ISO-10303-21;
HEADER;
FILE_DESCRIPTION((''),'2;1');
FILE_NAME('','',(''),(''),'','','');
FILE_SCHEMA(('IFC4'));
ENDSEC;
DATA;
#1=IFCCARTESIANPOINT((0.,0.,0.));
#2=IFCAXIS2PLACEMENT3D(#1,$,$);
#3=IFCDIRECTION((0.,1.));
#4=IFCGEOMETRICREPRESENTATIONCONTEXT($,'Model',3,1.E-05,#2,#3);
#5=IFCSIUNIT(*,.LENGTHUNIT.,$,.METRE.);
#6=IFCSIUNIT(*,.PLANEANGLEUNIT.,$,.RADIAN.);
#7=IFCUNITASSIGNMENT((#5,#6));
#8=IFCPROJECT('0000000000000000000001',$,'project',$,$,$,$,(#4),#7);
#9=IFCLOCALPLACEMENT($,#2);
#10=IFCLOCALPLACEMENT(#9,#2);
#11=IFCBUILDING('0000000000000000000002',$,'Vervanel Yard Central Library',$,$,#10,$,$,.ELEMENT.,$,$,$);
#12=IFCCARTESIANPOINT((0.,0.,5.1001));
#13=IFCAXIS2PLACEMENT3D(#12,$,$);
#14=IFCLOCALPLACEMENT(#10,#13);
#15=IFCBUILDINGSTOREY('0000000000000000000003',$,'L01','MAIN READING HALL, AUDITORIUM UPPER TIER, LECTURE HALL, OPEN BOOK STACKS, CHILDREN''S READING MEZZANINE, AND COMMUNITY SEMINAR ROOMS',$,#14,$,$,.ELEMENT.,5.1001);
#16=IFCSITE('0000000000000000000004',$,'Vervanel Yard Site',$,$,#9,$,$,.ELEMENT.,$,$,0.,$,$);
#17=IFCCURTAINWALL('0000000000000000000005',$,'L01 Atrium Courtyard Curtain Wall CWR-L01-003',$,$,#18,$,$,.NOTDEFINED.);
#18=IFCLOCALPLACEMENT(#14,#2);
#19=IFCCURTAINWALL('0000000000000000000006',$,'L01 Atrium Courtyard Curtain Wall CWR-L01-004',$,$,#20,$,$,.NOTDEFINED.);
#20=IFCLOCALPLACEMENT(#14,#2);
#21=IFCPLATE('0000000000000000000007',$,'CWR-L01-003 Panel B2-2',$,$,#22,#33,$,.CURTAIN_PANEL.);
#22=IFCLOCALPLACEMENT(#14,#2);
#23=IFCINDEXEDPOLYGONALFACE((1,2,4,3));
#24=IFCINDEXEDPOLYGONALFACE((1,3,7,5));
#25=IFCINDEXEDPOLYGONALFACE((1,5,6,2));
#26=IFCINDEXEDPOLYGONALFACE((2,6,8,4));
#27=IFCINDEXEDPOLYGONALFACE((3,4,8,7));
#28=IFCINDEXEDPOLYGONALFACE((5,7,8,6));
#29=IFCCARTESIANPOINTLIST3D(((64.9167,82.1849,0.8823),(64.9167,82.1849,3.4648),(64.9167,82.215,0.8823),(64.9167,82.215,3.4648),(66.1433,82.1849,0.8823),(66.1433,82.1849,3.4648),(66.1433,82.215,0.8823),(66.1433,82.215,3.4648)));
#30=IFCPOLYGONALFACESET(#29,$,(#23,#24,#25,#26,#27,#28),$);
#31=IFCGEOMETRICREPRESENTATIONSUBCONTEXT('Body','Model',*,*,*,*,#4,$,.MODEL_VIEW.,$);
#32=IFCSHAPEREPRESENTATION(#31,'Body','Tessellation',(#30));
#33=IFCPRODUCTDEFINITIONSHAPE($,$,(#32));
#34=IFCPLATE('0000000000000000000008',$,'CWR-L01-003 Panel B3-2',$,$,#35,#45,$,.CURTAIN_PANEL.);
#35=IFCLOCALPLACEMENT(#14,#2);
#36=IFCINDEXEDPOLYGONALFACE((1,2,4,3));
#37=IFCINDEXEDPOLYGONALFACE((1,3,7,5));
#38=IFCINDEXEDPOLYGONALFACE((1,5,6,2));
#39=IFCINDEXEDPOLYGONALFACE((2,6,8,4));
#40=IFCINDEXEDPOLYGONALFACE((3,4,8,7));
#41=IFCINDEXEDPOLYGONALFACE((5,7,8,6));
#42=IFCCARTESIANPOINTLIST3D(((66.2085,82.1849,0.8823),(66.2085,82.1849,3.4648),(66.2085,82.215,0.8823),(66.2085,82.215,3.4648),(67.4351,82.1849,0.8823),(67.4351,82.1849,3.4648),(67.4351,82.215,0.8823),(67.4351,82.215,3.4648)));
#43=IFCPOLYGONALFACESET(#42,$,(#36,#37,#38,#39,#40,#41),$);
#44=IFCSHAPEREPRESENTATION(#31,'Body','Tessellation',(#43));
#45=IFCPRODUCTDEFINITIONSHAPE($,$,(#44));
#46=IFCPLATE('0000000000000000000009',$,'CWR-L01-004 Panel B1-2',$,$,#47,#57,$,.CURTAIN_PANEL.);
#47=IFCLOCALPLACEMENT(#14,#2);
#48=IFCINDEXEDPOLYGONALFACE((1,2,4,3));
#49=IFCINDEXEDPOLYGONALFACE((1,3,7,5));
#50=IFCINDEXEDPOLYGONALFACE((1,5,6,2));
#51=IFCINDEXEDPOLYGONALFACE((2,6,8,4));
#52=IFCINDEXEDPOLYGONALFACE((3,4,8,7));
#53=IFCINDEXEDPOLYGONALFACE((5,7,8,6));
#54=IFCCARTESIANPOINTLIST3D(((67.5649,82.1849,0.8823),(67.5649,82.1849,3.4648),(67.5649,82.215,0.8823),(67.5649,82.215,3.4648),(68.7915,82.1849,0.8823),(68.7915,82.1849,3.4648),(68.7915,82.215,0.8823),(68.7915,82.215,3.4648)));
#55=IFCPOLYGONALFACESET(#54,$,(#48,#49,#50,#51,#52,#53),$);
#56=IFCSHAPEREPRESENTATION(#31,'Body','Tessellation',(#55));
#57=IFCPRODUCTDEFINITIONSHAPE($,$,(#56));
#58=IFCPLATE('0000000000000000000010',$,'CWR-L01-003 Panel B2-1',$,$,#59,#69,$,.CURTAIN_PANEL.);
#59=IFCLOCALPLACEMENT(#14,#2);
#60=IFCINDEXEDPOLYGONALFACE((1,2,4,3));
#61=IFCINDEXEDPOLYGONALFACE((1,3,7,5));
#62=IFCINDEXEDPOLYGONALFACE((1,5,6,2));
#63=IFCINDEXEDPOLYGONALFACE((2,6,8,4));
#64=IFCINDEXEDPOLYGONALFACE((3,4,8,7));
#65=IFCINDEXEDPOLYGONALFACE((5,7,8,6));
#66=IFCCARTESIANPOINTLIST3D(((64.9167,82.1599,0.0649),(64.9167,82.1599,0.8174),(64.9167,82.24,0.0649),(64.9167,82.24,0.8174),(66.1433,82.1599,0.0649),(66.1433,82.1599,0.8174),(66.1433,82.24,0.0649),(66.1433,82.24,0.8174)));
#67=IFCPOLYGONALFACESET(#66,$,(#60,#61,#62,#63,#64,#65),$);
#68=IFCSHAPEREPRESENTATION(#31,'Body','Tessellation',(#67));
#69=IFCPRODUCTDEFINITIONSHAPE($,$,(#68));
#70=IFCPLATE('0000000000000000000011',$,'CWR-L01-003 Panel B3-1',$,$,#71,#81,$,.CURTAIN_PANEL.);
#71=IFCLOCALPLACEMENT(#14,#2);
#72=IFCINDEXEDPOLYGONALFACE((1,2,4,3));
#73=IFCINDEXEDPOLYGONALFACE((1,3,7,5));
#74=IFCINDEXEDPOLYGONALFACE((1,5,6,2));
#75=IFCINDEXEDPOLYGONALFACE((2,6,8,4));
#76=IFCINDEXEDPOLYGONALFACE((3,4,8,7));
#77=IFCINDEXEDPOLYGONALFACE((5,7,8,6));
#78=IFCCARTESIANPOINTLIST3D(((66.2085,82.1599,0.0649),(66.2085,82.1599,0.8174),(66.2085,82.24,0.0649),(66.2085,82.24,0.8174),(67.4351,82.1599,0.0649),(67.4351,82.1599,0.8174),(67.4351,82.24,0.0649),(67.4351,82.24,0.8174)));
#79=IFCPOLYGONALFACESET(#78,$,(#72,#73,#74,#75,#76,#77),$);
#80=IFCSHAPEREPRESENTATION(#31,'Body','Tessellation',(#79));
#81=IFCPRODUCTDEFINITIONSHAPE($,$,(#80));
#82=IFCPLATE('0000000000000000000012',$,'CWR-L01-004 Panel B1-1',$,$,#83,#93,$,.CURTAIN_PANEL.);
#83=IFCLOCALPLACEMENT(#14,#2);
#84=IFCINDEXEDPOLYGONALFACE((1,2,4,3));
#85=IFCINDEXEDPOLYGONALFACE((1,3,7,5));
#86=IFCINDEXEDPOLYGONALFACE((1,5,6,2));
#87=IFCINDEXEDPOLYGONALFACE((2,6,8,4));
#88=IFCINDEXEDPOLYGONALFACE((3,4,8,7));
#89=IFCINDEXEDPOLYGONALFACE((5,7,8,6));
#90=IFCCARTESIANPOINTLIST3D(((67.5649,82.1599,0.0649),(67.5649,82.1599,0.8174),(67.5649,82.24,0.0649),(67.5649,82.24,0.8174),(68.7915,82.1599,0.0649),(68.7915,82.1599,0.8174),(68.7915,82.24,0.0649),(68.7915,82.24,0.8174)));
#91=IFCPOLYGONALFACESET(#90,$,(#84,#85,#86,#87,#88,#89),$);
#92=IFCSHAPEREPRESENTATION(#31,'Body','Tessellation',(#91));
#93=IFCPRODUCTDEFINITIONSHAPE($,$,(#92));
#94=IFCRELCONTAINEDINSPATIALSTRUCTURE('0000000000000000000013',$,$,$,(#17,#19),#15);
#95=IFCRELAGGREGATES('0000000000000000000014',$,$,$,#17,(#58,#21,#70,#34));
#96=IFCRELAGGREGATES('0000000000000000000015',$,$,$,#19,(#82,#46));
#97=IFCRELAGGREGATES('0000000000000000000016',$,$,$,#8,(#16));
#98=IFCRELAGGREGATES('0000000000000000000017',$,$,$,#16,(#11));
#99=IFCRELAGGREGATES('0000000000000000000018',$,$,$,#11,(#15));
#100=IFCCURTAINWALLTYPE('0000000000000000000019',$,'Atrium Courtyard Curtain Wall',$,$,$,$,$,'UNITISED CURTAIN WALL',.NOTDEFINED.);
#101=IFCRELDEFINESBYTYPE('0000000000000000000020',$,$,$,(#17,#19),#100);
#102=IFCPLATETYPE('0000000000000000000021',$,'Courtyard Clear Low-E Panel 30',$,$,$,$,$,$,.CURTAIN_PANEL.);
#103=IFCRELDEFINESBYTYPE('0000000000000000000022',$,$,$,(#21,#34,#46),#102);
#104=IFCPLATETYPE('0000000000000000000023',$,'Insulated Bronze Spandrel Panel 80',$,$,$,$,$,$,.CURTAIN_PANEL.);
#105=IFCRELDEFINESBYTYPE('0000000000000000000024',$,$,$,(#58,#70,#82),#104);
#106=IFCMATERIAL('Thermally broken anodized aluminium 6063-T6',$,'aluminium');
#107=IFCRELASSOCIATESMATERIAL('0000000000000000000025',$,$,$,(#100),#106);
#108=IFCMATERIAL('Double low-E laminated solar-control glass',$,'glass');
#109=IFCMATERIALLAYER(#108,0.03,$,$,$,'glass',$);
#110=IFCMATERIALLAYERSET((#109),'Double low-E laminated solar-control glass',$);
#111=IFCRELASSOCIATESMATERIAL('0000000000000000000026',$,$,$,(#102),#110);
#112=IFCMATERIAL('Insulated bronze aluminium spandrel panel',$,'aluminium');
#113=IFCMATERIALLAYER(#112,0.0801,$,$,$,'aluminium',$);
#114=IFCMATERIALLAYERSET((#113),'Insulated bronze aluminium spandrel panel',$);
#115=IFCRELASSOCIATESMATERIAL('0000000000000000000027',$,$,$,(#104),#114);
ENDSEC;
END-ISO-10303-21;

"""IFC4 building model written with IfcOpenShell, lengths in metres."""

from ifc_helpers import new_model, si_unit, direction, frame, origin, origin_2d, place, context, subcontext, project, spatial, rectangle, extrude, material, layer, layer_set, type_object, element, aggregate, save


model = new_model("IFC4")

# Units and contexts
model_context = context("Model", 3, precision=1e-05, world=origin(), true_north=direction((0.0, 1.0)))
body_context = subcontext(model_context, "Body", "Model", "MODEL_VIEW")
ifc_project = project(units=[si_unit("LENGTHUNIT", "METRE"), si_unit("PLANEANGLEUNIT", "RADIAN")], contexts=[model_context])

# Site, building, storey
site_placement = place(None, origin())
site = spatial("IfcSite", under=ifc_project, at=site_placement, Name="Vervanel Yard Site", CompositionType="ELEMENT", RefElevation=0.0)
building_placement = place(site_placement, origin())
building = spatial("IfcBuilding", under=site, at=building_placement, Name="Vervanel Yard Central Library", CompositionType="ELEMENT")
storey_placement = place(building_placement, frame((0.0, 0.0, 5.1001)))
storey = spatial("IfcBuildingStorey", under=building, at=storey_placement, Name="L01", Description="MAIN READING HALL, AUDITORIUM UPPER TIER, LECTURE HALL, OPEN BOOK STACKS, CHILDREN'S READING MEZZANINE, AND COMMUNITY SEMINAR ROOMS", CompositionType="ELEMENT", Elevation=5.1001)

# Curtain walls
ifc_material_1 = material(Name="Thermally broken anodized aluminium 6063-T6", Category="aluminium")
curtain_wall_type = type_object("IfcCurtainWallType", Name="Atrium Courtyard Curtain Wall", ElementType="UNITISED CURTAIN WALL", PredefinedType="NOTDEFINED", material=ifc_material_1)
curtain_wall_1_placement = place(storey_placement, origin())
curtain_wall_1 = element("IfcCurtainWall", 1, at=curtain_wall_1_placement, inside=storey, type_object=curtain_wall_type, Name="L01 Atrium Courtyard Curtain Wall CWR-L01-003", PredefinedType="NOTDEFINED")
curtain_wall_2_placement = place(storey_placement, origin())
curtain_wall_2 = element("IfcCurtainWall", 2, at=curtain_wall_2_placement, inside=storey, type_object=curtain_wall_type, Name="L01 Atrium Courtyard Curtain Wall CWR-L01-004", PredefinedType="NOTDEFINED")

# Plates
ifc_material_2 = material(Name="Double low-E laminated solar-control glass", Category="glass")
ifc_layer_1 = layer(ifc_material_2, 0.03, Category="glass")
ifc_layer_set_1 = layer_set([ifc_layer_1], Name="Double low-E laminated solar-control glass")
plate_type_1 = type_object("IfcPlateType", Name="Courtyard Clear Low-E Panel 30", PredefinedType="CURTAIN_PANEL", material=ifc_layer_set_1)
plate_1_placement = place(storey_placement, frame((65.53, 82.2, 0.8823), z_axis=(0.0, 0.0, 1.0), x_axis=(1.0, 0.0, 0.0)))
plate_1 = element("IfcPlate", 3, at=plate_1_placement, type_object=plate_type_1, Name="CWR-L01-003 Panel B2-2", PredefinedType="CURTAIN_PANEL", context=body_context, shape_type="SweptSolid", body=[
    extrude(rectangle(XDim=1.2266, YDim=0.03, at=origin_2d()), origin(), (0.0, 0.0, 1.0), 2.5825),
])
plate_2_placement = place(storey_placement, frame((66.8218, 82.2, 0.8823), z_axis=(0.0, 0.0, 1.0), x_axis=(1.0, 0.0, 0.0)))
plate_2 = element("IfcPlate", 4, at=plate_2_placement, type_object=plate_type_1, Name="CWR-L01-003 Panel B3-2", PredefinedType="CURTAIN_PANEL", context=body_context, shape_type="SweptSolid", body=[
    extrude(rectangle(XDim=1.2266, YDim=0.03, at=origin_2d()), origin(), (0.0, 0.0, 1.0), 2.5825),
])
plate_3_placement = place(storey_placement, frame((68.1782, 82.2, 0.8823), z_axis=(0.0, 0.0, 1.0), x_axis=(1.0, 0.0, 0.0)))
plate_3 = element("IfcPlate", 5, at=plate_3_placement, type_object=plate_type_1, Name="CWR-L01-004 Panel B1-2", PredefinedType="CURTAIN_PANEL", context=body_context, shape_type="SweptSolid", body=[
    extrude(rectangle(XDim=1.2266, YDim=0.03, at=origin_2d()), origin(), (0.0, 0.0, 1.0), 2.5825),
])
ifc_material_3 = material(Name="Insulated bronze aluminium spandrel panel", Category="aluminium")
ifc_layer_2 = layer(ifc_material_3, 0.0801, Category="aluminium")
ifc_layer_set_2 = layer_set([ifc_layer_2], Name="Insulated bronze aluminium spandrel panel")
plate_type_2 = type_object("IfcPlateType", Name="Insulated Bronze Spandrel Panel 80", PredefinedType="CURTAIN_PANEL", material=ifc_layer_set_2)
plate_4_placement = place(storey_placement, frame((65.53, 82.2, 0.0649), z_axis=(0.0, 0.0, 1.0), x_axis=(1.0, 0.0, 0.0)))
plate_4 = element("IfcPlate", 6, at=plate_4_placement, type_object=plate_type_2, Name="CWR-L01-003 Panel B2-1", PredefinedType="CURTAIN_PANEL", context=body_context, shape_type="SweptSolid", body=[
    extrude(rectangle(XDim=1.2266, YDim=0.0801, at=origin_2d()), origin(), (0.0, 0.0, 1.0), 0.7524),
])
plate_5_placement = place(storey_placement, frame((66.8218, 82.2, 0.0649), z_axis=(0.0, 0.0, 1.0), x_axis=(1.0, 0.0, 0.0)))
plate_5 = element("IfcPlate", 7, at=plate_5_placement, type_object=plate_type_2, Name="CWR-L01-003 Panel B3-1", PredefinedType="CURTAIN_PANEL", context=body_context, shape_type="SweptSolid", body=[
    extrude(rectangle(XDim=1.2266, YDim=0.0801, at=origin_2d()), origin(), (0.0, 0.0, 1.0), 0.7524),
])
aggregate(curtain_wall_1, [plate_4, plate_1, plate_5, plate_2])
plate_6_placement = place(storey_placement, frame((68.1782, 82.2, 0.0649), z_axis=(0.0, 0.0, 1.0), x_axis=(1.0, 0.0, 0.0)))
plate_6 = element("IfcPlate", 8, at=plate_6_placement, type_object=plate_type_2, Name="CWR-L01-004 Panel B1-1", PredefinedType="CURTAIN_PANEL", context=body_context, shape_type="SweptSolid", body=[
    extrude(rectangle(XDim=1.2266, YDim=0.0801, at=origin_2d()), origin(), (0.0, 0.0, 1.0), 0.7524),
])
aggregate(curtain_wall_2, [plate_6, plate_3])

save(model, "model.ifc")
